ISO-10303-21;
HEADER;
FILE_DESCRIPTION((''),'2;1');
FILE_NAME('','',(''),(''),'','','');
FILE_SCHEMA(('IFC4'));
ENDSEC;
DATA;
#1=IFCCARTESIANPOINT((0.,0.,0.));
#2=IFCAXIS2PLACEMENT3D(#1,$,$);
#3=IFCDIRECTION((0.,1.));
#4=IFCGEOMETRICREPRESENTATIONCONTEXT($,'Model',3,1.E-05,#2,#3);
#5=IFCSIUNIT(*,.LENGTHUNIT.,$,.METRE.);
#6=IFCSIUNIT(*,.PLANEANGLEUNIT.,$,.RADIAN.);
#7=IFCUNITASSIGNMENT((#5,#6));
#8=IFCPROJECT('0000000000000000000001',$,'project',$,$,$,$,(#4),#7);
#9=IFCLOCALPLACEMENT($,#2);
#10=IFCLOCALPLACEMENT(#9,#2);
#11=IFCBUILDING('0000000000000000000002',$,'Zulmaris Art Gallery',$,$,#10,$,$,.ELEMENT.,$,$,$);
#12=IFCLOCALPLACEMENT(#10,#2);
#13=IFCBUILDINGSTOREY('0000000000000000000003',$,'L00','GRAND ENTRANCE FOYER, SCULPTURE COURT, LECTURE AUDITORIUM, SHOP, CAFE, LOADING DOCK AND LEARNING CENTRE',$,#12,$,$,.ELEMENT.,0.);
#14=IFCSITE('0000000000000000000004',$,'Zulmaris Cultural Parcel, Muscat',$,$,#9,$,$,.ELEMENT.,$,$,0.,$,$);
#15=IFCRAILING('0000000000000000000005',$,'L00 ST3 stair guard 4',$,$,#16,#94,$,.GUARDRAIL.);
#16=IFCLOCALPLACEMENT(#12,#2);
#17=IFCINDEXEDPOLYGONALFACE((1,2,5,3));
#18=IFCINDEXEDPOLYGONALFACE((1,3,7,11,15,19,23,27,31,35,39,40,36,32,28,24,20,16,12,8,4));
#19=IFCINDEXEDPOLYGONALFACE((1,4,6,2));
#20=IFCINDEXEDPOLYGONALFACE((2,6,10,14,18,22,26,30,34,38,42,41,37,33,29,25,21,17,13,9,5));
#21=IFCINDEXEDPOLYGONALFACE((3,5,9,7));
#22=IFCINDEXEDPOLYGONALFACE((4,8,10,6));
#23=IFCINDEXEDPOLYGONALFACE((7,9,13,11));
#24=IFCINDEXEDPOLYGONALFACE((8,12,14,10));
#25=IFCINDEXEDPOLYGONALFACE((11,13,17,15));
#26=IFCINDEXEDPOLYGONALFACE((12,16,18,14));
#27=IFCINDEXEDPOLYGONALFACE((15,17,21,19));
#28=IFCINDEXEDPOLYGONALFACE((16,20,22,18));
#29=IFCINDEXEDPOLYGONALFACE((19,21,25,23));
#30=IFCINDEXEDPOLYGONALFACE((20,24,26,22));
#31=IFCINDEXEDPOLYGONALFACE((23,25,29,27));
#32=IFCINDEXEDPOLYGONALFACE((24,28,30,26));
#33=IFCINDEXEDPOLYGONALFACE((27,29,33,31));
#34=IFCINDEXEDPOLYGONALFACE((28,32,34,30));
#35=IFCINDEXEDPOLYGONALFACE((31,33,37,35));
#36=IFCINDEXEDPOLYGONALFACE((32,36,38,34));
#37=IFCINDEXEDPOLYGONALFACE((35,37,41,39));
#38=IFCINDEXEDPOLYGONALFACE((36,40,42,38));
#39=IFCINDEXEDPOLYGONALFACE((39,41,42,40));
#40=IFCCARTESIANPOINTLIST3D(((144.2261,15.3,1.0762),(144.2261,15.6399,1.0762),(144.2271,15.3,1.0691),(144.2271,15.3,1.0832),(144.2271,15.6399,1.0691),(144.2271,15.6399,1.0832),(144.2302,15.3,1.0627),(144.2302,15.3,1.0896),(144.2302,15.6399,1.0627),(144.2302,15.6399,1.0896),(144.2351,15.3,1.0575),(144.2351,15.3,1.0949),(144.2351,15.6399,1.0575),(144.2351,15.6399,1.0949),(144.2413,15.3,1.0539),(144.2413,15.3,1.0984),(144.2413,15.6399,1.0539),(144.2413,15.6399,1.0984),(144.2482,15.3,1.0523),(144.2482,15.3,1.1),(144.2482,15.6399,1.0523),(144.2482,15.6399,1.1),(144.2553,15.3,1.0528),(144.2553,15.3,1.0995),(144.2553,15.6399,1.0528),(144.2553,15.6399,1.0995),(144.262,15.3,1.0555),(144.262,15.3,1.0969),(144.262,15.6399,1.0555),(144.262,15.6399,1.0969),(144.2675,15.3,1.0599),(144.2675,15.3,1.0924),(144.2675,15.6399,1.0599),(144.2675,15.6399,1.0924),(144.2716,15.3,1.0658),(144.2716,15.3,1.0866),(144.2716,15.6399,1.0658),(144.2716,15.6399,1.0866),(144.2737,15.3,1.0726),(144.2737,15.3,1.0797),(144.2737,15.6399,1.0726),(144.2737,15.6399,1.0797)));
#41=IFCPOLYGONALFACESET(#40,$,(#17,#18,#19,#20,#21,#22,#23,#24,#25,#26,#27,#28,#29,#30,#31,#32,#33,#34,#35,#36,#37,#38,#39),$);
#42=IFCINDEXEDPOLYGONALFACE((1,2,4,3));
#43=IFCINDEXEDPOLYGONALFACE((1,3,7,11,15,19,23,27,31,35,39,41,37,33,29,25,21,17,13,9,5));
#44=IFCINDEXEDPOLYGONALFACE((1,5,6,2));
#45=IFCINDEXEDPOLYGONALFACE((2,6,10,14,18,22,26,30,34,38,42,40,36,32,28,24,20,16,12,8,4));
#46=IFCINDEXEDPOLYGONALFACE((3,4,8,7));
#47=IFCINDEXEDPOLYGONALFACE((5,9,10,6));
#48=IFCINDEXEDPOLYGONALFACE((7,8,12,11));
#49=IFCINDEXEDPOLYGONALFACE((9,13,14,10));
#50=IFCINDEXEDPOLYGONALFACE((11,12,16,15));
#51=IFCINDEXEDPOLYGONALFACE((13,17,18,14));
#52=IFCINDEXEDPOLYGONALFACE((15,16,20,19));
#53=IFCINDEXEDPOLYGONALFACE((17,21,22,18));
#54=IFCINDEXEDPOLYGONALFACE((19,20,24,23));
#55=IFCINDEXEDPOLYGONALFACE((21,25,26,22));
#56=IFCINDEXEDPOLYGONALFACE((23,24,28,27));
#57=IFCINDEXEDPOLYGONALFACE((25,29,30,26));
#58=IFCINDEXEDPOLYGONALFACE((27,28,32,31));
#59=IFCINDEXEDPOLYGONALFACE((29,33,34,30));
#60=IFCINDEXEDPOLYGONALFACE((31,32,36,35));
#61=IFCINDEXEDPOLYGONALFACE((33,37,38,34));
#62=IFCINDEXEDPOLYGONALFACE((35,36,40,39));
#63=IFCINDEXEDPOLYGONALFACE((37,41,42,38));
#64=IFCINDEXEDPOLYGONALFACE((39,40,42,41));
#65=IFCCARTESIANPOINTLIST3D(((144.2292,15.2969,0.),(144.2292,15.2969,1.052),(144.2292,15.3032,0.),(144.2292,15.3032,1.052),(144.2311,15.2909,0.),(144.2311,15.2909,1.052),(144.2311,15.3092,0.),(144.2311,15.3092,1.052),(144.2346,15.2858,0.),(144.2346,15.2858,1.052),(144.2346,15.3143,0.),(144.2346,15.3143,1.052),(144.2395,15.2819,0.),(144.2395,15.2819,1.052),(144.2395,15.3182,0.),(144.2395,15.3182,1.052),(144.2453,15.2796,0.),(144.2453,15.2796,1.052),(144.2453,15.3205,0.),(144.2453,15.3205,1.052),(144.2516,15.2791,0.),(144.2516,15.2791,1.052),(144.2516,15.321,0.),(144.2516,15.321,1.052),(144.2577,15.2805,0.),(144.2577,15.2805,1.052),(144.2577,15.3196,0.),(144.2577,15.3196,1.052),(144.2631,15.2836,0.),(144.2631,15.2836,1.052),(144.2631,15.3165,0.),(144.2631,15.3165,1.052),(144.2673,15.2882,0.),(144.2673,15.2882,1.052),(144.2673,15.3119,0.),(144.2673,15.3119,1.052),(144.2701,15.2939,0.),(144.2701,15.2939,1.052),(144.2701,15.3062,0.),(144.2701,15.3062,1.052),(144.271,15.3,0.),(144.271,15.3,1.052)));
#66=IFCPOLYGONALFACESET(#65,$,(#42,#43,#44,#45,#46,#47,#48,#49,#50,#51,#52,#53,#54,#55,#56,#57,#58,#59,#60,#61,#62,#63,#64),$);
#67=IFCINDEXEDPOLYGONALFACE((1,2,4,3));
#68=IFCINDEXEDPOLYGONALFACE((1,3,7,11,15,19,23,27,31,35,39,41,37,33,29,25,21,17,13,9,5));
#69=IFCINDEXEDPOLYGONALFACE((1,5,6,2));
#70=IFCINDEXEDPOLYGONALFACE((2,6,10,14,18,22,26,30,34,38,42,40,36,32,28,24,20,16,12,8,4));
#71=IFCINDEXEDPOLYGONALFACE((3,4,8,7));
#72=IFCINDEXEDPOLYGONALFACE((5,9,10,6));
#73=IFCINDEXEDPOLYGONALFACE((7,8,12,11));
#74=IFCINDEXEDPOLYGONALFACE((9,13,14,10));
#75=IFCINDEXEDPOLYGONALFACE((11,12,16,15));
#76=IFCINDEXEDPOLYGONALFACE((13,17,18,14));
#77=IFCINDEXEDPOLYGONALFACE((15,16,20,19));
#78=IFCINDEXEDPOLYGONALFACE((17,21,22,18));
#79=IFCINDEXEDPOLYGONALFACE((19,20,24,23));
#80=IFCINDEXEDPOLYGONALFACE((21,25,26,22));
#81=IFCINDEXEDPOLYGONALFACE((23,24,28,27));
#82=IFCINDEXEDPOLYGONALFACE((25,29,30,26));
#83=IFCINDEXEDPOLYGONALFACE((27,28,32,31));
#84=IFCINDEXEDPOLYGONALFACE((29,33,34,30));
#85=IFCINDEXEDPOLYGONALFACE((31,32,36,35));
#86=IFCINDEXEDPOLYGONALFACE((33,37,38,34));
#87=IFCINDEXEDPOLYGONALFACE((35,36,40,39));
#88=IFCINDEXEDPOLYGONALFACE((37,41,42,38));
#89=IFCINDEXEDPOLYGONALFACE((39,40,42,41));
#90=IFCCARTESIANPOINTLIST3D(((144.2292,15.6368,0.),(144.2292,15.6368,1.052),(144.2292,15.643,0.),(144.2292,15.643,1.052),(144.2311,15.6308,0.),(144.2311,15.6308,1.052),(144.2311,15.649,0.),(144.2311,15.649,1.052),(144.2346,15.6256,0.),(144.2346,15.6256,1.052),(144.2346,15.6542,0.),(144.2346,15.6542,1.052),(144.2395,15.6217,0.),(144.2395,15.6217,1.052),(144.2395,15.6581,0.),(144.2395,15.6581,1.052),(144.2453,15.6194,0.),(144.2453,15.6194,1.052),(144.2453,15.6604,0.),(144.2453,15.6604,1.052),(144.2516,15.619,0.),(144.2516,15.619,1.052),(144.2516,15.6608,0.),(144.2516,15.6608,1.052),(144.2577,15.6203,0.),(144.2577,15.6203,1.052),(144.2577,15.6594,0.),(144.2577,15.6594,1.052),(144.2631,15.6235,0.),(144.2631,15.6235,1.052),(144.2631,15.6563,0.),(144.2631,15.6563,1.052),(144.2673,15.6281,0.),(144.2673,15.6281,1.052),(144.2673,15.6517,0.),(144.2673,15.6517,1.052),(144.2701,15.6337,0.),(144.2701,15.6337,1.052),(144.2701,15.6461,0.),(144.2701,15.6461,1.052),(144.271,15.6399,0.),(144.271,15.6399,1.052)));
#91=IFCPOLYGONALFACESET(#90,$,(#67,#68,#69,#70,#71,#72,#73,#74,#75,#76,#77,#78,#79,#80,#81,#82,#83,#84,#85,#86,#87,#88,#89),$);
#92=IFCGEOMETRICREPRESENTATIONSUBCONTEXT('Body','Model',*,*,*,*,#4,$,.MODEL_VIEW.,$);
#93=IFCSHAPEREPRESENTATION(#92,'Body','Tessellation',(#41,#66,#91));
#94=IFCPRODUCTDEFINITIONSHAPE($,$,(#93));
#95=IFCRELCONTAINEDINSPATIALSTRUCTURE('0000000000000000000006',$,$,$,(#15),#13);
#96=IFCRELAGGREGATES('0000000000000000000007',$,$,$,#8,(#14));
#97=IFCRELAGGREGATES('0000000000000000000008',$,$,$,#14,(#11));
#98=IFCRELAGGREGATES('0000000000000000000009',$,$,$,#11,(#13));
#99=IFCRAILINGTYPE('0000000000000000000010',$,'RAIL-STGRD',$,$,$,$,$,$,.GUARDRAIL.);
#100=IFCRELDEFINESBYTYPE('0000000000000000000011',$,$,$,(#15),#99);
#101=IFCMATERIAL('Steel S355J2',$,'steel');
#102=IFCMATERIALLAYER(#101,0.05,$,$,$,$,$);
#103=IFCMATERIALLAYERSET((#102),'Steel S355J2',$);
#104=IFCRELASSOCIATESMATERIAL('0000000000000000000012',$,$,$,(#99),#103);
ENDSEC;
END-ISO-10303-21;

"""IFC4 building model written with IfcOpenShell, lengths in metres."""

from ifc_helpers import new_model, si_unit, direction, frame, origin, origin_2d, place, context, subcontext, project, spatial, circle, extrude, material, layer, layer_set, type_object, element, save


model = new_model("IFC4")

# Units and contexts
model_context = context("Model", 3, precision=1e-05, world=origin(), true_north=direction((0.0, 1.0)))
body_context = subcontext(model_context, "Body", "Model", "MODEL_VIEW")
ifc_project = project(units=[si_unit("LENGTHUNIT", "METRE"), si_unit("PLANEANGLEUNIT", "RADIAN")], contexts=[model_context])

# Site, building, storey
site_placement = place(None, origin())
site = spatial("IfcSite", under=ifc_project, at=site_placement, Name="Zulmaris Cultural Parcel, Muscat", CompositionType="ELEMENT", RefElevation=0.0)
building_placement = place(site_placement, origin())
building = spatial("IfcBuilding", under=site, at=building_placement, Name="Zulmaris Art Gallery", CompositionType="ELEMENT")
storey_placement = place(building_placement, origin())
storey = spatial("IfcBuildingStorey", under=building, at=storey_placement, Name="L00", Description="GRAND ENTRANCE FOYER, SCULPTURE COURT, LECTURE AUDITORIUM, SHOP, CAFE, LOADING DOCK AND LEARNING CENTRE", CompositionType="ELEMENT", Elevation=0.0)

# Shared definitions
ifc_material_1 = material(Name="Steel S355J2", Category="steel")

# Railing
ifc_layer_1 = layer(ifc_material_1, 0.05)
ifc_layer_set_1 = layer_set([ifc_layer_1], Name="Steel S355J2")
railing_type_1 = type_object("IfcRailingType", Name="RAIL-STGRD", PredefinedType="GUARDRAIL", material=ifc_layer_set_1)
railing_1_placement = place(storey_placement, frame((144.25, 15.3, 0.0)))
element("IfcRailing", 1, at=railing_1_placement, inside=storey, type_object=railing_type_1, Name="L00 ST3 stair guard 4", PredefinedType="GUARDRAIL", context=body_context, shape_type="SweptSolid", body=[
    extrude(circle(Radius=0.0239, at=origin_2d()), frame((0.0, 0.0, 1.0762), z_axis=(0.0, 1.0, 0.0), x_axis=(-1.0, 0.0, 0.0)), (0.0, 0.0, 1.0), 0.3398),
    extrude(circle(Radius=0.021, at=origin_2d()), origin(), (0.0, 0.0, 1.0), 1.052),
    extrude(circle(Radius=0.021, at=origin_2d()), frame((0.0, 0.3398, 0.0)), (0.0, 0.0, 1.0), 1.052),
])

save(model, "model.ifc")
